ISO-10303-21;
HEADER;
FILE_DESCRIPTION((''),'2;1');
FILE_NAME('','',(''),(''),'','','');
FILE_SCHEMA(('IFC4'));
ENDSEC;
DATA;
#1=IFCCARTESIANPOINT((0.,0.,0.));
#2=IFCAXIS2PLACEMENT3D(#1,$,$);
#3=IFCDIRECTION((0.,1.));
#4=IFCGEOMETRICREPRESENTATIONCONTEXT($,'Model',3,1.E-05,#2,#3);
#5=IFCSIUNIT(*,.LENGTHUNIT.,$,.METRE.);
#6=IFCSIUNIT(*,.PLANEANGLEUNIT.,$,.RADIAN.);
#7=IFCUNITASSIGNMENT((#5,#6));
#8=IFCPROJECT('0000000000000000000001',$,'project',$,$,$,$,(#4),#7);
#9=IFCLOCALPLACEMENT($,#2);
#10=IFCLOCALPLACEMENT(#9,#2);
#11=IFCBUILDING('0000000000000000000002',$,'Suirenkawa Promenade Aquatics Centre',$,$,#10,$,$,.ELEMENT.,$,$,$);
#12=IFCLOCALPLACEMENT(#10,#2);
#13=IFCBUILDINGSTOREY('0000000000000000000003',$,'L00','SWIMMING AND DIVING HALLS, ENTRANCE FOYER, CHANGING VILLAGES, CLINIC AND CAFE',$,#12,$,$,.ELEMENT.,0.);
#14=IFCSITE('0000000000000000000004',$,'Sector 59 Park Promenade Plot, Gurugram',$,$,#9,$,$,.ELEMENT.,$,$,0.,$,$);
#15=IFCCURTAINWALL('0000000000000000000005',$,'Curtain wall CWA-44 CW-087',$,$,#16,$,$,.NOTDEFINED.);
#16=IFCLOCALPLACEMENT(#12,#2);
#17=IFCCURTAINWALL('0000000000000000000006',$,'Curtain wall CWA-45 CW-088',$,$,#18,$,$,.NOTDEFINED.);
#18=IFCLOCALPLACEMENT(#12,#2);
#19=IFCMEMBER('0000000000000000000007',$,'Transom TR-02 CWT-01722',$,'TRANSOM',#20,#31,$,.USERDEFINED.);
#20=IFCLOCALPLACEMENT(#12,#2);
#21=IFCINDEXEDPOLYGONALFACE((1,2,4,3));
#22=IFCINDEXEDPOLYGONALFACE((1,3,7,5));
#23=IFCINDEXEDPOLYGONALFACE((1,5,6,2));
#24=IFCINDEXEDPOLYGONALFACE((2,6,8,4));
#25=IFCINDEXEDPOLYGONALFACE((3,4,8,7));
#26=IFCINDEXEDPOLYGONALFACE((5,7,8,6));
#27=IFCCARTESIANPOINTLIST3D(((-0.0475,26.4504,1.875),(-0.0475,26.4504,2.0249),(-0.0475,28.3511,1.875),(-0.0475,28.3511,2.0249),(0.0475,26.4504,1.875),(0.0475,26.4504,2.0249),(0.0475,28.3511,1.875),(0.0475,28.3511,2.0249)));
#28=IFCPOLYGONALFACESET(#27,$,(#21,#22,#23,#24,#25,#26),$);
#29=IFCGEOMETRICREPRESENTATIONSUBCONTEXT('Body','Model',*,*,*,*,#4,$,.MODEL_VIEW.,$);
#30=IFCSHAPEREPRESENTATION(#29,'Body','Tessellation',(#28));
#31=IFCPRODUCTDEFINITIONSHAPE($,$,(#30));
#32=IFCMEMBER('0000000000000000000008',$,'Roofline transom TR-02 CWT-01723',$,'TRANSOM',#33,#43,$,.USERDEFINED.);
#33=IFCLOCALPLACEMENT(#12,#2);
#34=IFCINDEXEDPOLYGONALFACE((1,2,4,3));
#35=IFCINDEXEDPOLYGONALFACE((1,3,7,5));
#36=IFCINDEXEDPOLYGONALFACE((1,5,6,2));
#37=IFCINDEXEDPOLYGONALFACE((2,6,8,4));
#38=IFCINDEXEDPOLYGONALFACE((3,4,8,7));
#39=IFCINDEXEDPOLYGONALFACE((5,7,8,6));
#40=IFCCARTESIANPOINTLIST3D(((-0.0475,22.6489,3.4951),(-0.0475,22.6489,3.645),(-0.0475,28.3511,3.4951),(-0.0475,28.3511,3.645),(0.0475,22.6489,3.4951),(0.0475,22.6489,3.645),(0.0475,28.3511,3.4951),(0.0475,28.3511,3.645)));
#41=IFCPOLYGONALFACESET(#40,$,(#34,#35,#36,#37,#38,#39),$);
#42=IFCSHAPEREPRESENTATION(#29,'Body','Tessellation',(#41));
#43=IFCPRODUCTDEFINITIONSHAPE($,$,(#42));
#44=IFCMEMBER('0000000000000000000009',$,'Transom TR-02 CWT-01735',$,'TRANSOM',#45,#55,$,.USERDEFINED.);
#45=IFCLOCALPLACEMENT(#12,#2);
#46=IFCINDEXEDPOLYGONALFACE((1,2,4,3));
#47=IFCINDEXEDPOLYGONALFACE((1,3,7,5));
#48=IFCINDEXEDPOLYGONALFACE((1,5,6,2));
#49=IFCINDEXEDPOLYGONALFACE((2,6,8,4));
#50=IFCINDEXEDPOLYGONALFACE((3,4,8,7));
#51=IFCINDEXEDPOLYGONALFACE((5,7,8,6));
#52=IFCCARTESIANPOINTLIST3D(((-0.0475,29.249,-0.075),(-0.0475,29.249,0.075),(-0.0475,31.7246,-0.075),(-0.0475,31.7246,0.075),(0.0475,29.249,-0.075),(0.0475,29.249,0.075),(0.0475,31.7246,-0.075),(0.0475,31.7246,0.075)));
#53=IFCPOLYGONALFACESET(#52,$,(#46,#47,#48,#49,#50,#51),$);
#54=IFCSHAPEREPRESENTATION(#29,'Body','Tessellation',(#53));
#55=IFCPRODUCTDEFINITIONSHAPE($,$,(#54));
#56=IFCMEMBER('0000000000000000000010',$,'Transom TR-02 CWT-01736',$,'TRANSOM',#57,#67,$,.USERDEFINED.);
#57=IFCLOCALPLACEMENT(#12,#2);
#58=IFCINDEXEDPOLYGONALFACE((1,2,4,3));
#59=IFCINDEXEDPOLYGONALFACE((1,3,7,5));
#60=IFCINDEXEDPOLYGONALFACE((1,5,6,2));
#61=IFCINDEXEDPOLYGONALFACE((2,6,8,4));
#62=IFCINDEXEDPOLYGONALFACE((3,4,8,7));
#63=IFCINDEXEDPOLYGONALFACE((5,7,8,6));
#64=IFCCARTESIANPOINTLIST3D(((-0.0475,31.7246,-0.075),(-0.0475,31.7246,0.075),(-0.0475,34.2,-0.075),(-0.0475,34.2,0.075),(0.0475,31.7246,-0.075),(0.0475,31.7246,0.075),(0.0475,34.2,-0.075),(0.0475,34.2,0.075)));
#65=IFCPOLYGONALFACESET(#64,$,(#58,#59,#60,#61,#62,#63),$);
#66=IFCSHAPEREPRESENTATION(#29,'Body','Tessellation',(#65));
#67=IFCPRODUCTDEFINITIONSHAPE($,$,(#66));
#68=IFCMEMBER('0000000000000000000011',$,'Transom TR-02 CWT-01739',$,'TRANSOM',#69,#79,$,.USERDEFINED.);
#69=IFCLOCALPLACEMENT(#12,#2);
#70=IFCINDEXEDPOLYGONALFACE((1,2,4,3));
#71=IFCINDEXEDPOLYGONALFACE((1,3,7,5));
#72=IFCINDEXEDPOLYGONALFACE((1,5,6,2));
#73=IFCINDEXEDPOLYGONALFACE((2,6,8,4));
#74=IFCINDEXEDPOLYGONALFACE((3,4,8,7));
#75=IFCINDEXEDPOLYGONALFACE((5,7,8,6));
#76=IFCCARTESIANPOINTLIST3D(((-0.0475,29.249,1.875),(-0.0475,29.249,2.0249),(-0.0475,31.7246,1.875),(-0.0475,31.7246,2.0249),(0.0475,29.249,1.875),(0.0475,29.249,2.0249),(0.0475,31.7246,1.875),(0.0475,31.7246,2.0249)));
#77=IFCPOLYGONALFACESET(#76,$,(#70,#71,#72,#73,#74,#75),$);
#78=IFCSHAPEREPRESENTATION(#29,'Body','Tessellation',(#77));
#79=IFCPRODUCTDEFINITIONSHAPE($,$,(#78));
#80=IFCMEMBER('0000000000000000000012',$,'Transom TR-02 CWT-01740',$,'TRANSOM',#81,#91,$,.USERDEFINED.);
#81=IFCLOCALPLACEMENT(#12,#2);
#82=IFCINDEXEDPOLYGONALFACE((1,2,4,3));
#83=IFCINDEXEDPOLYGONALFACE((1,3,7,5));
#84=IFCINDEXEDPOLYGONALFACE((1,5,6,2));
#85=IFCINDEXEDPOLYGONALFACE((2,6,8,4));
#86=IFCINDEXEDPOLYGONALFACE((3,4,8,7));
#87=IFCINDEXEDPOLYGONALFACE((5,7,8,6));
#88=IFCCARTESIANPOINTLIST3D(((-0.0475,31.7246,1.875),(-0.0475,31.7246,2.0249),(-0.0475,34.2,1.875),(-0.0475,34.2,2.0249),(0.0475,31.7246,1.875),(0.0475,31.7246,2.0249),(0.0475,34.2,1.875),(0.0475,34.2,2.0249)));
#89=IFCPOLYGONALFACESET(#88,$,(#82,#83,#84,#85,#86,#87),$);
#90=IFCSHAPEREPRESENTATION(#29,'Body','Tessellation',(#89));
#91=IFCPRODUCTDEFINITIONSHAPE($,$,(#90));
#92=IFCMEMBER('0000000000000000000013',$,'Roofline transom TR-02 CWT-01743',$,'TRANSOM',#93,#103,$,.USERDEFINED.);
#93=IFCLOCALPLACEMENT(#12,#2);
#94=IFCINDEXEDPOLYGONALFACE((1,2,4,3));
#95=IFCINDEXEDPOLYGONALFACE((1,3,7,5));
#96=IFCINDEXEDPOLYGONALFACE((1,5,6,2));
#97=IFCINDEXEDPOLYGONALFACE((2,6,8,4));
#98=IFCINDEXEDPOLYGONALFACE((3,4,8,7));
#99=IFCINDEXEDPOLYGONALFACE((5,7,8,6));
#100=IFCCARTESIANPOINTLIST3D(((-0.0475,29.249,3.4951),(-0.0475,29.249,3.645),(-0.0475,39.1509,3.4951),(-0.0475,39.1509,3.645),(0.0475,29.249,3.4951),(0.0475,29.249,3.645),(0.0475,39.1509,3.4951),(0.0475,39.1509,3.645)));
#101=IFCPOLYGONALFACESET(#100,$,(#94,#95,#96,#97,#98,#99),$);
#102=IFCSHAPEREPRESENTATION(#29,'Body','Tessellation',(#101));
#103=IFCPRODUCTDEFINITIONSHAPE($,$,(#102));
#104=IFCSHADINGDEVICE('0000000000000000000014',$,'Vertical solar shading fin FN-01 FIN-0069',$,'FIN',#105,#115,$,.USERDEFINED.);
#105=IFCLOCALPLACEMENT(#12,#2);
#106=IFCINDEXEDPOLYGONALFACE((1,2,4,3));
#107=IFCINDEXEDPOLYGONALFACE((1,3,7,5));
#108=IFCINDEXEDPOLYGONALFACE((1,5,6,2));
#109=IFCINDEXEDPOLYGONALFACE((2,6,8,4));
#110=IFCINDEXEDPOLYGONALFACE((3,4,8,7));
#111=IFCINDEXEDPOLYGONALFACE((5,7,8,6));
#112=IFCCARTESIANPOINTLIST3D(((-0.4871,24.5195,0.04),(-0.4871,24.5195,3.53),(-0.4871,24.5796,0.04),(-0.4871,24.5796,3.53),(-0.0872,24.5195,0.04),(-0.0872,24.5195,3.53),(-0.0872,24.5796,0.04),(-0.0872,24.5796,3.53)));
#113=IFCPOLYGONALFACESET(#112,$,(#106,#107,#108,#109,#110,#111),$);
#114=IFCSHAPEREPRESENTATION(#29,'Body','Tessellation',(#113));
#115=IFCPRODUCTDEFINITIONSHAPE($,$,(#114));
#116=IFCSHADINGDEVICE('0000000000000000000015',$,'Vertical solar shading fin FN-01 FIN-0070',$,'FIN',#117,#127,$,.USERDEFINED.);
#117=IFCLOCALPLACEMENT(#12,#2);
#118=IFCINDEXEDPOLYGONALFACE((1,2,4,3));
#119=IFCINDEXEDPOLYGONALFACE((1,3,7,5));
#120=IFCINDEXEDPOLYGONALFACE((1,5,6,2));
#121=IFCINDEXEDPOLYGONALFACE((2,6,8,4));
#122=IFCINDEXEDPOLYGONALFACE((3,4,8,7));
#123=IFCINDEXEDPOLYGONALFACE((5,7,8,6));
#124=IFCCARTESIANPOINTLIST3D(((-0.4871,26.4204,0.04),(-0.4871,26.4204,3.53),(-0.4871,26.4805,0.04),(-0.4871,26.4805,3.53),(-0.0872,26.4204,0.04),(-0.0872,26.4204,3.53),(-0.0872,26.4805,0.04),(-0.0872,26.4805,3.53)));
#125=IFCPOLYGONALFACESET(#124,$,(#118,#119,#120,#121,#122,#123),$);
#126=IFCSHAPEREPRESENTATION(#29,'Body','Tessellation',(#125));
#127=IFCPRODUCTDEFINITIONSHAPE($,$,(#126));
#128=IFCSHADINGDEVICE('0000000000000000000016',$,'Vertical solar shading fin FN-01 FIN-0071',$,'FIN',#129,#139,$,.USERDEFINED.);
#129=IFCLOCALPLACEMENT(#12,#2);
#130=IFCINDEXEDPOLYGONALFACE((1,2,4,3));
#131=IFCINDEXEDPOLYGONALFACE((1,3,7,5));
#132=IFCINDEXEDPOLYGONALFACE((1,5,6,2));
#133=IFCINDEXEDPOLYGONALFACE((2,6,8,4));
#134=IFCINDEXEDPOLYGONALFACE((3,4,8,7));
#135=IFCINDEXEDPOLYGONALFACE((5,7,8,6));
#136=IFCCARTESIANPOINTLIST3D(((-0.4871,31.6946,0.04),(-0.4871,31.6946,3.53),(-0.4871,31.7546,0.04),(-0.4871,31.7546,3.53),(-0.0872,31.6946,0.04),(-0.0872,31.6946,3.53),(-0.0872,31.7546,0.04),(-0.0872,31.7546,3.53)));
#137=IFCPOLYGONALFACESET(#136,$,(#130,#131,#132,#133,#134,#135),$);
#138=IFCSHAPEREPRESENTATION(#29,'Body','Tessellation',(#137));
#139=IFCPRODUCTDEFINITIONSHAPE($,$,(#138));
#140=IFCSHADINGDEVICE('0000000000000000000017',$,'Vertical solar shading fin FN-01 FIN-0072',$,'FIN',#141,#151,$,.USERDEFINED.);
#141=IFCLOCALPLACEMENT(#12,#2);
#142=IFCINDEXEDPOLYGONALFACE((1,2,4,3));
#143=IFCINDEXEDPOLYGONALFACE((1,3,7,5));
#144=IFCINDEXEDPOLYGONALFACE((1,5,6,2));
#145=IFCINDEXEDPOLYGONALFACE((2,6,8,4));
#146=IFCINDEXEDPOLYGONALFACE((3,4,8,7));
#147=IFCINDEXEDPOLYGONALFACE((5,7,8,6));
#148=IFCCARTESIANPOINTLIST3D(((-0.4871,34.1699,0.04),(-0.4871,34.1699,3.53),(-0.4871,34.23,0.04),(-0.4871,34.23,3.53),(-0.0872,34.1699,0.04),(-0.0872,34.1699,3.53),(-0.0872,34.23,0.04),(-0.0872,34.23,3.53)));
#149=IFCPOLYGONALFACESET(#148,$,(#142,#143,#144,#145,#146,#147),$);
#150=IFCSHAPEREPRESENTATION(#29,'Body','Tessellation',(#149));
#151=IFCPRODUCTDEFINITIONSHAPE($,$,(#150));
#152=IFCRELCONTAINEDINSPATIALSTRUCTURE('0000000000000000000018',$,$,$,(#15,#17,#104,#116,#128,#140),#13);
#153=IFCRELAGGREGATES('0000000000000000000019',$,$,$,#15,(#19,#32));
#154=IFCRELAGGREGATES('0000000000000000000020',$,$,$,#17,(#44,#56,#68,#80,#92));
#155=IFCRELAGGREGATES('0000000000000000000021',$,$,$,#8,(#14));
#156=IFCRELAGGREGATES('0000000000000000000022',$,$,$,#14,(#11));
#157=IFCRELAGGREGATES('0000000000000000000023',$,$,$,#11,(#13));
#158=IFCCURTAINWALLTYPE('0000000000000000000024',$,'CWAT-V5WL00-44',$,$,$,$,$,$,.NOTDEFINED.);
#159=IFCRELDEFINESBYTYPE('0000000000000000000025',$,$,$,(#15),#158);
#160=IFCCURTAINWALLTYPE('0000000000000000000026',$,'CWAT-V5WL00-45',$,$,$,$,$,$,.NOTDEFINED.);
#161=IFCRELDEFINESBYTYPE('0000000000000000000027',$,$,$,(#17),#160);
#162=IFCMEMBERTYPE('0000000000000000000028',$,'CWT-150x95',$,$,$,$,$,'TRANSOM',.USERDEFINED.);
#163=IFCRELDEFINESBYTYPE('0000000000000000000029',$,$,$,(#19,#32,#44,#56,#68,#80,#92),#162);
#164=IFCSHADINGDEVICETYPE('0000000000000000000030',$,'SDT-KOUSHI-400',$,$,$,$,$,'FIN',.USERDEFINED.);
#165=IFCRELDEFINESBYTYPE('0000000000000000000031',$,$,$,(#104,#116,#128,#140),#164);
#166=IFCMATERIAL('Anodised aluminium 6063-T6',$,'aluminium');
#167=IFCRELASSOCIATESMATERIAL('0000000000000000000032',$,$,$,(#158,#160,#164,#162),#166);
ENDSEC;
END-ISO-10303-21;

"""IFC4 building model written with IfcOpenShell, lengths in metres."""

from ifc_helpers import new_model, si_unit, direction, frame, origin, origin_2d, place, context, subcontext, project, spatial, rectangle, extrude, material, material_profile, profile_set, type_object, element, aggregate, save


model = new_model("IFC4")

# Units and contexts
model_context = context("Model", 3, precision=1e-05, world=origin(), true_north=direction((0.0, 1.0)))
body_context = subcontext(model_context, "Body", "Model", "MODEL_VIEW")
ifc_project = project(units=[si_unit("LENGTHUNIT", "METRE"), si_unit("PLANEANGLEUNIT", "RADIAN")], contexts=[model_context])

# Site, building, storey
site_placement = place(None, origin())
site = spatial("IfcSite", under=ifc_project, at=site_placement, Name="Sector 59 Park Promenade Plot, Gurugram", CompositionType="ELEMENT", RefElevation=0.0)
building_placement = place(site_placement, origin())
building = spatial("IfcBuilding", under=site, at=building_placement, Name="Suirenkawa Promenade Aquatics Centre", CompositionType="ELEMENT")
storey_placement = place(building_placement, origin())
storey = spatial("IfcBuildingStorey", under=building, at=storey_placement, Name="L00", Description="SWIMMING AND DIVING HALLS, ENTRANCE FOYER, CHANGING VILLAGES, CLINIC AND CAFE", CompositionType="ELEMENT", Elevation=0.0)

# Curtain walls
ifc_material_1 = material(Name="Anodised aluminium 6063-T6", Category="aluminium")
curtain_wall_type_1 = type_object("IfcCurtainWallType", Name="CWAT-V5WL00-44", PredefinedType="NOTDEFINED", material=ifc_material_1)
curtain_wall_1_placement = place(storey_placement, origin())
curtain_wall_1 = element("IfcCurtainWall", 1, at=curtain_wall_1_placement, inside=storey, type_object=curtain_wall_type_1, Name="Curtain wall CWA-44 CW-087", PredefinedType="NOTDEFINED")
curtain_wall_type_2 = type_object("IfcCurtainWallType", Name="CWAT-V5WL00-45", PredefinedType="NOTDEFINED", material=ifc_material_1)
curtain_wall_2_placement = place(storey_placement, origin())
curtain_wall_2 = element("IfcCurtainWall", 2, at=curtain_wall_2_placement, inside=storey, type_object=curtain_wall_type_2, Name="Curtain wall CWA-45 CW-088", PredefinedType="NOTDEFINED")

# Members
ifc_material_profile_1 = material_profile(ifc_material_1, rectangle(XDim=0.095, YDim=0.1499, at=origin_2d()), Name="ALU TRAN 95x150", Category="aluminium")
ifc_profile_set_1 = profile_set([ifc_material_profile_1], Name="Anodised aluminium 6063-T6")
member_type_1 = type_object("IfcMemberType", Name="CWT-150x95", ElementType="TRANSOM", PredefinedType="USERDEFINED", material=ifc_profile_set_1)
member_1_placement = place(storey_placement, frame((0.0, 26.4504, 1.95), z_axis=(0.0, 1.0, 0.0), x_axis=(-1.0, 0.0, 0.0)))
member_1 = element("IfcMember", 3, at=member_1_placement, type_object=member_type_1, Name="Transom TR-02 CWT-01722", ObjectType="TRANSOM", PredefinedType="USERDEFINED", context=body_context, shape_type="SweptSolid", body=[
    extrude(rectangle(XDim=0.095, YDim=0.1499, at=origin_2d()), origin(), (0.0, 0.0, 1.0), 1.9006),
])
member_2_placement = place(storey_placement, frame((0.0, 22.6489, 3.5701), z_axis=(0.0, 1.0, 0.0), x_axis=(-1.0, 0.0, 0.0)))
member_2 = element("IfcMember", 4, at=member_2_placement, type_object=member_type_1, Name="Roofline transom TR-02 CWT-01723", ObjectType="TRANSOM", PredefinedType="USERDEFINED", context=body_context, shape_type="SweptSolid", body=[
    extrude(rectangle(XDim=0.095, YDim=0.1499, at=origin_2d()), origin(), (0.0, 0.0, 1.0), 5.7021),
])
member_3_placement = place(storey_placement, frame((0.0, 29.249, 0.0), z_axis=(0.0, 1.0, 0.0), x_axis=(-1.0, 0.0, 0.0)))
member_3 = element("IfcMember", 5, at=member_3_placement, type_object=member_type_1, Name="Transom TR-02 CWT-01735", ObjectType="TRANSOM", PredefinedType="USERDEFINED", context=body_context, shape_type="SweptSolid", body=[
    extrude(rectangle(XDim=0.095, YDim=0.1499, at=origin_2d()), origin(), (0.0, 0.0, 1.0), 2.4756),
])
member_4_placement = place(storey_placement, frame((0.0, 31.7246, 0.0), z_axis=(0.0, 1.0, 0.0), x_axis=(-1.0, 0.0, 0.0)))
member_4 = element("IfcMember", 6, at=member_4_placement, type_object=member_type_1, Name="Transom TR-02 CWT-01736", ObjectType="TRANSOM", PredefinedType="USERDEFINED", context=body_context, shape_type="SweptSolid", body=[
    extrude(rectangle(XDim=0.095, YDim=0.1499, at=origin_2d()), origin(), (0.0, 0.0, 1.0), 2.4753),
])
member_5_placement = place(storey_placement, frame((0.0, 29.249, 1.95), z_axis=(0.0, 1.0, 0.0), x_axis=(-1.0, 0.0, 0.0)))
member_5 = element("IfcMember", 7, at=member_5_placement, type_object=member_type_1, Name="Transom TR-02 CWT-01739", ObjectType="TRANSOM", PredefinedType="USERDEFINED", context=body_context, shape_type="SweptSolid", body=[
    extrude(rectangle(XDim=0.095, YDim=0.1499, at=origin_2d()), origin(), (0.0, 0.0, 1.0), 2.4756),
])
member_6_placement = place(storey_placement, frame((0.0, 31.7246, 1.95), z_axis=(0.0, 1.0, 0.0), x_axis=(-1.0, 0.0, 0.0)))
member_6 = element("IfcMember", 8, at=member_6_placement, type_object=member_type_1, Name="Transom TR-02 CWT-01740", ObjectType="TRANSOM", PredefinedType="USERDEFINED", context=body_context, shape_type="SweptSolid", body=[
    extrude(rectangle(XDim=0.095, YDim=0.1499, at=origin_2d()), origin(), (0.0, 0.0, 1.0), 2.4753),
])
member_7_placement = place(storey_placement, frame((0.0, 29.249, 3.5701), z_axis=(0.0, 1.0, 0.0), x_axis=(-1.0, 0.0, 0.0)))
member_7 = element("IfcMember", 9, at=member_7_placement, type_object=member_type_1, Name="Roofline transom TR-02 CWT-01743", ObjectType="TRANSOM", PredefinedType="USERDEFINED", context=body_context, shape_type="SweptSolid", body=[
    extrude(rectangle(XDim=0.095, YDim=0.1499, at=origin_2d()), origin(), (0.0, 0.0, 1.0), 9.9019),
])

aggregate(curtain_wall_1, [member_1, member_2])
aggregate(curtain_wall_2, [member_3, member_4, member_5, member_6, member_7])

# Shading devices
shading_device_type = type_object("IfcShadingDeviceType", Name="SDT-KOUSHI-400", ElementType="FIN", PredefinedType="USERDEFINED", material=ifc_material_1)
for number, where, z_axis, x_axis, name in (
    (10, (-0.2871, 24.5496, 0.04), (0.0, 0.0, 1.0), (-1.0, 0.0, 0.0), "Vertical solar shading fin FN-01 FIN-0069"),
    (11, (-0.2871, 26.4504, 0.04), (0.0, 0.0, 1.0), (-1.0, 0.0, 0.0), "Vertical solar shading fin FN-01 FIN-0070"),
    (12, (-0.2871, 31.7246, 0.04), (0.0, 0.0, 1.0), (-1.0, 0.0, 0.0), "Vertical solar shading fin FN-01 FIN-0071"),
    (13, (-0.2871, 34.2, 0.04), (0.0, 0.0, 1.0), (-1.0, 0.0, 0.0), "Vertical solar shading fin FN-01 FIN-0072"),
):
    element("IfcShadingDevice", number, at=place(storey_placement, frame(where, z_axis=z_axis, x_axis=x_axis)), inside=storey, type_object=shading_device_type, Name=name, ObjectType="FIN", PredefinedType="USERDEFINED", context=body_context, shape_type="SweptSolid", body=[
        extrude(rectangle(XDim=0.3999, YDim=0.0601, at=origin_2d()), origin(), (0.0, 0.0, 1.0), 3.49),
    ])

save(model, "model.ifc")
